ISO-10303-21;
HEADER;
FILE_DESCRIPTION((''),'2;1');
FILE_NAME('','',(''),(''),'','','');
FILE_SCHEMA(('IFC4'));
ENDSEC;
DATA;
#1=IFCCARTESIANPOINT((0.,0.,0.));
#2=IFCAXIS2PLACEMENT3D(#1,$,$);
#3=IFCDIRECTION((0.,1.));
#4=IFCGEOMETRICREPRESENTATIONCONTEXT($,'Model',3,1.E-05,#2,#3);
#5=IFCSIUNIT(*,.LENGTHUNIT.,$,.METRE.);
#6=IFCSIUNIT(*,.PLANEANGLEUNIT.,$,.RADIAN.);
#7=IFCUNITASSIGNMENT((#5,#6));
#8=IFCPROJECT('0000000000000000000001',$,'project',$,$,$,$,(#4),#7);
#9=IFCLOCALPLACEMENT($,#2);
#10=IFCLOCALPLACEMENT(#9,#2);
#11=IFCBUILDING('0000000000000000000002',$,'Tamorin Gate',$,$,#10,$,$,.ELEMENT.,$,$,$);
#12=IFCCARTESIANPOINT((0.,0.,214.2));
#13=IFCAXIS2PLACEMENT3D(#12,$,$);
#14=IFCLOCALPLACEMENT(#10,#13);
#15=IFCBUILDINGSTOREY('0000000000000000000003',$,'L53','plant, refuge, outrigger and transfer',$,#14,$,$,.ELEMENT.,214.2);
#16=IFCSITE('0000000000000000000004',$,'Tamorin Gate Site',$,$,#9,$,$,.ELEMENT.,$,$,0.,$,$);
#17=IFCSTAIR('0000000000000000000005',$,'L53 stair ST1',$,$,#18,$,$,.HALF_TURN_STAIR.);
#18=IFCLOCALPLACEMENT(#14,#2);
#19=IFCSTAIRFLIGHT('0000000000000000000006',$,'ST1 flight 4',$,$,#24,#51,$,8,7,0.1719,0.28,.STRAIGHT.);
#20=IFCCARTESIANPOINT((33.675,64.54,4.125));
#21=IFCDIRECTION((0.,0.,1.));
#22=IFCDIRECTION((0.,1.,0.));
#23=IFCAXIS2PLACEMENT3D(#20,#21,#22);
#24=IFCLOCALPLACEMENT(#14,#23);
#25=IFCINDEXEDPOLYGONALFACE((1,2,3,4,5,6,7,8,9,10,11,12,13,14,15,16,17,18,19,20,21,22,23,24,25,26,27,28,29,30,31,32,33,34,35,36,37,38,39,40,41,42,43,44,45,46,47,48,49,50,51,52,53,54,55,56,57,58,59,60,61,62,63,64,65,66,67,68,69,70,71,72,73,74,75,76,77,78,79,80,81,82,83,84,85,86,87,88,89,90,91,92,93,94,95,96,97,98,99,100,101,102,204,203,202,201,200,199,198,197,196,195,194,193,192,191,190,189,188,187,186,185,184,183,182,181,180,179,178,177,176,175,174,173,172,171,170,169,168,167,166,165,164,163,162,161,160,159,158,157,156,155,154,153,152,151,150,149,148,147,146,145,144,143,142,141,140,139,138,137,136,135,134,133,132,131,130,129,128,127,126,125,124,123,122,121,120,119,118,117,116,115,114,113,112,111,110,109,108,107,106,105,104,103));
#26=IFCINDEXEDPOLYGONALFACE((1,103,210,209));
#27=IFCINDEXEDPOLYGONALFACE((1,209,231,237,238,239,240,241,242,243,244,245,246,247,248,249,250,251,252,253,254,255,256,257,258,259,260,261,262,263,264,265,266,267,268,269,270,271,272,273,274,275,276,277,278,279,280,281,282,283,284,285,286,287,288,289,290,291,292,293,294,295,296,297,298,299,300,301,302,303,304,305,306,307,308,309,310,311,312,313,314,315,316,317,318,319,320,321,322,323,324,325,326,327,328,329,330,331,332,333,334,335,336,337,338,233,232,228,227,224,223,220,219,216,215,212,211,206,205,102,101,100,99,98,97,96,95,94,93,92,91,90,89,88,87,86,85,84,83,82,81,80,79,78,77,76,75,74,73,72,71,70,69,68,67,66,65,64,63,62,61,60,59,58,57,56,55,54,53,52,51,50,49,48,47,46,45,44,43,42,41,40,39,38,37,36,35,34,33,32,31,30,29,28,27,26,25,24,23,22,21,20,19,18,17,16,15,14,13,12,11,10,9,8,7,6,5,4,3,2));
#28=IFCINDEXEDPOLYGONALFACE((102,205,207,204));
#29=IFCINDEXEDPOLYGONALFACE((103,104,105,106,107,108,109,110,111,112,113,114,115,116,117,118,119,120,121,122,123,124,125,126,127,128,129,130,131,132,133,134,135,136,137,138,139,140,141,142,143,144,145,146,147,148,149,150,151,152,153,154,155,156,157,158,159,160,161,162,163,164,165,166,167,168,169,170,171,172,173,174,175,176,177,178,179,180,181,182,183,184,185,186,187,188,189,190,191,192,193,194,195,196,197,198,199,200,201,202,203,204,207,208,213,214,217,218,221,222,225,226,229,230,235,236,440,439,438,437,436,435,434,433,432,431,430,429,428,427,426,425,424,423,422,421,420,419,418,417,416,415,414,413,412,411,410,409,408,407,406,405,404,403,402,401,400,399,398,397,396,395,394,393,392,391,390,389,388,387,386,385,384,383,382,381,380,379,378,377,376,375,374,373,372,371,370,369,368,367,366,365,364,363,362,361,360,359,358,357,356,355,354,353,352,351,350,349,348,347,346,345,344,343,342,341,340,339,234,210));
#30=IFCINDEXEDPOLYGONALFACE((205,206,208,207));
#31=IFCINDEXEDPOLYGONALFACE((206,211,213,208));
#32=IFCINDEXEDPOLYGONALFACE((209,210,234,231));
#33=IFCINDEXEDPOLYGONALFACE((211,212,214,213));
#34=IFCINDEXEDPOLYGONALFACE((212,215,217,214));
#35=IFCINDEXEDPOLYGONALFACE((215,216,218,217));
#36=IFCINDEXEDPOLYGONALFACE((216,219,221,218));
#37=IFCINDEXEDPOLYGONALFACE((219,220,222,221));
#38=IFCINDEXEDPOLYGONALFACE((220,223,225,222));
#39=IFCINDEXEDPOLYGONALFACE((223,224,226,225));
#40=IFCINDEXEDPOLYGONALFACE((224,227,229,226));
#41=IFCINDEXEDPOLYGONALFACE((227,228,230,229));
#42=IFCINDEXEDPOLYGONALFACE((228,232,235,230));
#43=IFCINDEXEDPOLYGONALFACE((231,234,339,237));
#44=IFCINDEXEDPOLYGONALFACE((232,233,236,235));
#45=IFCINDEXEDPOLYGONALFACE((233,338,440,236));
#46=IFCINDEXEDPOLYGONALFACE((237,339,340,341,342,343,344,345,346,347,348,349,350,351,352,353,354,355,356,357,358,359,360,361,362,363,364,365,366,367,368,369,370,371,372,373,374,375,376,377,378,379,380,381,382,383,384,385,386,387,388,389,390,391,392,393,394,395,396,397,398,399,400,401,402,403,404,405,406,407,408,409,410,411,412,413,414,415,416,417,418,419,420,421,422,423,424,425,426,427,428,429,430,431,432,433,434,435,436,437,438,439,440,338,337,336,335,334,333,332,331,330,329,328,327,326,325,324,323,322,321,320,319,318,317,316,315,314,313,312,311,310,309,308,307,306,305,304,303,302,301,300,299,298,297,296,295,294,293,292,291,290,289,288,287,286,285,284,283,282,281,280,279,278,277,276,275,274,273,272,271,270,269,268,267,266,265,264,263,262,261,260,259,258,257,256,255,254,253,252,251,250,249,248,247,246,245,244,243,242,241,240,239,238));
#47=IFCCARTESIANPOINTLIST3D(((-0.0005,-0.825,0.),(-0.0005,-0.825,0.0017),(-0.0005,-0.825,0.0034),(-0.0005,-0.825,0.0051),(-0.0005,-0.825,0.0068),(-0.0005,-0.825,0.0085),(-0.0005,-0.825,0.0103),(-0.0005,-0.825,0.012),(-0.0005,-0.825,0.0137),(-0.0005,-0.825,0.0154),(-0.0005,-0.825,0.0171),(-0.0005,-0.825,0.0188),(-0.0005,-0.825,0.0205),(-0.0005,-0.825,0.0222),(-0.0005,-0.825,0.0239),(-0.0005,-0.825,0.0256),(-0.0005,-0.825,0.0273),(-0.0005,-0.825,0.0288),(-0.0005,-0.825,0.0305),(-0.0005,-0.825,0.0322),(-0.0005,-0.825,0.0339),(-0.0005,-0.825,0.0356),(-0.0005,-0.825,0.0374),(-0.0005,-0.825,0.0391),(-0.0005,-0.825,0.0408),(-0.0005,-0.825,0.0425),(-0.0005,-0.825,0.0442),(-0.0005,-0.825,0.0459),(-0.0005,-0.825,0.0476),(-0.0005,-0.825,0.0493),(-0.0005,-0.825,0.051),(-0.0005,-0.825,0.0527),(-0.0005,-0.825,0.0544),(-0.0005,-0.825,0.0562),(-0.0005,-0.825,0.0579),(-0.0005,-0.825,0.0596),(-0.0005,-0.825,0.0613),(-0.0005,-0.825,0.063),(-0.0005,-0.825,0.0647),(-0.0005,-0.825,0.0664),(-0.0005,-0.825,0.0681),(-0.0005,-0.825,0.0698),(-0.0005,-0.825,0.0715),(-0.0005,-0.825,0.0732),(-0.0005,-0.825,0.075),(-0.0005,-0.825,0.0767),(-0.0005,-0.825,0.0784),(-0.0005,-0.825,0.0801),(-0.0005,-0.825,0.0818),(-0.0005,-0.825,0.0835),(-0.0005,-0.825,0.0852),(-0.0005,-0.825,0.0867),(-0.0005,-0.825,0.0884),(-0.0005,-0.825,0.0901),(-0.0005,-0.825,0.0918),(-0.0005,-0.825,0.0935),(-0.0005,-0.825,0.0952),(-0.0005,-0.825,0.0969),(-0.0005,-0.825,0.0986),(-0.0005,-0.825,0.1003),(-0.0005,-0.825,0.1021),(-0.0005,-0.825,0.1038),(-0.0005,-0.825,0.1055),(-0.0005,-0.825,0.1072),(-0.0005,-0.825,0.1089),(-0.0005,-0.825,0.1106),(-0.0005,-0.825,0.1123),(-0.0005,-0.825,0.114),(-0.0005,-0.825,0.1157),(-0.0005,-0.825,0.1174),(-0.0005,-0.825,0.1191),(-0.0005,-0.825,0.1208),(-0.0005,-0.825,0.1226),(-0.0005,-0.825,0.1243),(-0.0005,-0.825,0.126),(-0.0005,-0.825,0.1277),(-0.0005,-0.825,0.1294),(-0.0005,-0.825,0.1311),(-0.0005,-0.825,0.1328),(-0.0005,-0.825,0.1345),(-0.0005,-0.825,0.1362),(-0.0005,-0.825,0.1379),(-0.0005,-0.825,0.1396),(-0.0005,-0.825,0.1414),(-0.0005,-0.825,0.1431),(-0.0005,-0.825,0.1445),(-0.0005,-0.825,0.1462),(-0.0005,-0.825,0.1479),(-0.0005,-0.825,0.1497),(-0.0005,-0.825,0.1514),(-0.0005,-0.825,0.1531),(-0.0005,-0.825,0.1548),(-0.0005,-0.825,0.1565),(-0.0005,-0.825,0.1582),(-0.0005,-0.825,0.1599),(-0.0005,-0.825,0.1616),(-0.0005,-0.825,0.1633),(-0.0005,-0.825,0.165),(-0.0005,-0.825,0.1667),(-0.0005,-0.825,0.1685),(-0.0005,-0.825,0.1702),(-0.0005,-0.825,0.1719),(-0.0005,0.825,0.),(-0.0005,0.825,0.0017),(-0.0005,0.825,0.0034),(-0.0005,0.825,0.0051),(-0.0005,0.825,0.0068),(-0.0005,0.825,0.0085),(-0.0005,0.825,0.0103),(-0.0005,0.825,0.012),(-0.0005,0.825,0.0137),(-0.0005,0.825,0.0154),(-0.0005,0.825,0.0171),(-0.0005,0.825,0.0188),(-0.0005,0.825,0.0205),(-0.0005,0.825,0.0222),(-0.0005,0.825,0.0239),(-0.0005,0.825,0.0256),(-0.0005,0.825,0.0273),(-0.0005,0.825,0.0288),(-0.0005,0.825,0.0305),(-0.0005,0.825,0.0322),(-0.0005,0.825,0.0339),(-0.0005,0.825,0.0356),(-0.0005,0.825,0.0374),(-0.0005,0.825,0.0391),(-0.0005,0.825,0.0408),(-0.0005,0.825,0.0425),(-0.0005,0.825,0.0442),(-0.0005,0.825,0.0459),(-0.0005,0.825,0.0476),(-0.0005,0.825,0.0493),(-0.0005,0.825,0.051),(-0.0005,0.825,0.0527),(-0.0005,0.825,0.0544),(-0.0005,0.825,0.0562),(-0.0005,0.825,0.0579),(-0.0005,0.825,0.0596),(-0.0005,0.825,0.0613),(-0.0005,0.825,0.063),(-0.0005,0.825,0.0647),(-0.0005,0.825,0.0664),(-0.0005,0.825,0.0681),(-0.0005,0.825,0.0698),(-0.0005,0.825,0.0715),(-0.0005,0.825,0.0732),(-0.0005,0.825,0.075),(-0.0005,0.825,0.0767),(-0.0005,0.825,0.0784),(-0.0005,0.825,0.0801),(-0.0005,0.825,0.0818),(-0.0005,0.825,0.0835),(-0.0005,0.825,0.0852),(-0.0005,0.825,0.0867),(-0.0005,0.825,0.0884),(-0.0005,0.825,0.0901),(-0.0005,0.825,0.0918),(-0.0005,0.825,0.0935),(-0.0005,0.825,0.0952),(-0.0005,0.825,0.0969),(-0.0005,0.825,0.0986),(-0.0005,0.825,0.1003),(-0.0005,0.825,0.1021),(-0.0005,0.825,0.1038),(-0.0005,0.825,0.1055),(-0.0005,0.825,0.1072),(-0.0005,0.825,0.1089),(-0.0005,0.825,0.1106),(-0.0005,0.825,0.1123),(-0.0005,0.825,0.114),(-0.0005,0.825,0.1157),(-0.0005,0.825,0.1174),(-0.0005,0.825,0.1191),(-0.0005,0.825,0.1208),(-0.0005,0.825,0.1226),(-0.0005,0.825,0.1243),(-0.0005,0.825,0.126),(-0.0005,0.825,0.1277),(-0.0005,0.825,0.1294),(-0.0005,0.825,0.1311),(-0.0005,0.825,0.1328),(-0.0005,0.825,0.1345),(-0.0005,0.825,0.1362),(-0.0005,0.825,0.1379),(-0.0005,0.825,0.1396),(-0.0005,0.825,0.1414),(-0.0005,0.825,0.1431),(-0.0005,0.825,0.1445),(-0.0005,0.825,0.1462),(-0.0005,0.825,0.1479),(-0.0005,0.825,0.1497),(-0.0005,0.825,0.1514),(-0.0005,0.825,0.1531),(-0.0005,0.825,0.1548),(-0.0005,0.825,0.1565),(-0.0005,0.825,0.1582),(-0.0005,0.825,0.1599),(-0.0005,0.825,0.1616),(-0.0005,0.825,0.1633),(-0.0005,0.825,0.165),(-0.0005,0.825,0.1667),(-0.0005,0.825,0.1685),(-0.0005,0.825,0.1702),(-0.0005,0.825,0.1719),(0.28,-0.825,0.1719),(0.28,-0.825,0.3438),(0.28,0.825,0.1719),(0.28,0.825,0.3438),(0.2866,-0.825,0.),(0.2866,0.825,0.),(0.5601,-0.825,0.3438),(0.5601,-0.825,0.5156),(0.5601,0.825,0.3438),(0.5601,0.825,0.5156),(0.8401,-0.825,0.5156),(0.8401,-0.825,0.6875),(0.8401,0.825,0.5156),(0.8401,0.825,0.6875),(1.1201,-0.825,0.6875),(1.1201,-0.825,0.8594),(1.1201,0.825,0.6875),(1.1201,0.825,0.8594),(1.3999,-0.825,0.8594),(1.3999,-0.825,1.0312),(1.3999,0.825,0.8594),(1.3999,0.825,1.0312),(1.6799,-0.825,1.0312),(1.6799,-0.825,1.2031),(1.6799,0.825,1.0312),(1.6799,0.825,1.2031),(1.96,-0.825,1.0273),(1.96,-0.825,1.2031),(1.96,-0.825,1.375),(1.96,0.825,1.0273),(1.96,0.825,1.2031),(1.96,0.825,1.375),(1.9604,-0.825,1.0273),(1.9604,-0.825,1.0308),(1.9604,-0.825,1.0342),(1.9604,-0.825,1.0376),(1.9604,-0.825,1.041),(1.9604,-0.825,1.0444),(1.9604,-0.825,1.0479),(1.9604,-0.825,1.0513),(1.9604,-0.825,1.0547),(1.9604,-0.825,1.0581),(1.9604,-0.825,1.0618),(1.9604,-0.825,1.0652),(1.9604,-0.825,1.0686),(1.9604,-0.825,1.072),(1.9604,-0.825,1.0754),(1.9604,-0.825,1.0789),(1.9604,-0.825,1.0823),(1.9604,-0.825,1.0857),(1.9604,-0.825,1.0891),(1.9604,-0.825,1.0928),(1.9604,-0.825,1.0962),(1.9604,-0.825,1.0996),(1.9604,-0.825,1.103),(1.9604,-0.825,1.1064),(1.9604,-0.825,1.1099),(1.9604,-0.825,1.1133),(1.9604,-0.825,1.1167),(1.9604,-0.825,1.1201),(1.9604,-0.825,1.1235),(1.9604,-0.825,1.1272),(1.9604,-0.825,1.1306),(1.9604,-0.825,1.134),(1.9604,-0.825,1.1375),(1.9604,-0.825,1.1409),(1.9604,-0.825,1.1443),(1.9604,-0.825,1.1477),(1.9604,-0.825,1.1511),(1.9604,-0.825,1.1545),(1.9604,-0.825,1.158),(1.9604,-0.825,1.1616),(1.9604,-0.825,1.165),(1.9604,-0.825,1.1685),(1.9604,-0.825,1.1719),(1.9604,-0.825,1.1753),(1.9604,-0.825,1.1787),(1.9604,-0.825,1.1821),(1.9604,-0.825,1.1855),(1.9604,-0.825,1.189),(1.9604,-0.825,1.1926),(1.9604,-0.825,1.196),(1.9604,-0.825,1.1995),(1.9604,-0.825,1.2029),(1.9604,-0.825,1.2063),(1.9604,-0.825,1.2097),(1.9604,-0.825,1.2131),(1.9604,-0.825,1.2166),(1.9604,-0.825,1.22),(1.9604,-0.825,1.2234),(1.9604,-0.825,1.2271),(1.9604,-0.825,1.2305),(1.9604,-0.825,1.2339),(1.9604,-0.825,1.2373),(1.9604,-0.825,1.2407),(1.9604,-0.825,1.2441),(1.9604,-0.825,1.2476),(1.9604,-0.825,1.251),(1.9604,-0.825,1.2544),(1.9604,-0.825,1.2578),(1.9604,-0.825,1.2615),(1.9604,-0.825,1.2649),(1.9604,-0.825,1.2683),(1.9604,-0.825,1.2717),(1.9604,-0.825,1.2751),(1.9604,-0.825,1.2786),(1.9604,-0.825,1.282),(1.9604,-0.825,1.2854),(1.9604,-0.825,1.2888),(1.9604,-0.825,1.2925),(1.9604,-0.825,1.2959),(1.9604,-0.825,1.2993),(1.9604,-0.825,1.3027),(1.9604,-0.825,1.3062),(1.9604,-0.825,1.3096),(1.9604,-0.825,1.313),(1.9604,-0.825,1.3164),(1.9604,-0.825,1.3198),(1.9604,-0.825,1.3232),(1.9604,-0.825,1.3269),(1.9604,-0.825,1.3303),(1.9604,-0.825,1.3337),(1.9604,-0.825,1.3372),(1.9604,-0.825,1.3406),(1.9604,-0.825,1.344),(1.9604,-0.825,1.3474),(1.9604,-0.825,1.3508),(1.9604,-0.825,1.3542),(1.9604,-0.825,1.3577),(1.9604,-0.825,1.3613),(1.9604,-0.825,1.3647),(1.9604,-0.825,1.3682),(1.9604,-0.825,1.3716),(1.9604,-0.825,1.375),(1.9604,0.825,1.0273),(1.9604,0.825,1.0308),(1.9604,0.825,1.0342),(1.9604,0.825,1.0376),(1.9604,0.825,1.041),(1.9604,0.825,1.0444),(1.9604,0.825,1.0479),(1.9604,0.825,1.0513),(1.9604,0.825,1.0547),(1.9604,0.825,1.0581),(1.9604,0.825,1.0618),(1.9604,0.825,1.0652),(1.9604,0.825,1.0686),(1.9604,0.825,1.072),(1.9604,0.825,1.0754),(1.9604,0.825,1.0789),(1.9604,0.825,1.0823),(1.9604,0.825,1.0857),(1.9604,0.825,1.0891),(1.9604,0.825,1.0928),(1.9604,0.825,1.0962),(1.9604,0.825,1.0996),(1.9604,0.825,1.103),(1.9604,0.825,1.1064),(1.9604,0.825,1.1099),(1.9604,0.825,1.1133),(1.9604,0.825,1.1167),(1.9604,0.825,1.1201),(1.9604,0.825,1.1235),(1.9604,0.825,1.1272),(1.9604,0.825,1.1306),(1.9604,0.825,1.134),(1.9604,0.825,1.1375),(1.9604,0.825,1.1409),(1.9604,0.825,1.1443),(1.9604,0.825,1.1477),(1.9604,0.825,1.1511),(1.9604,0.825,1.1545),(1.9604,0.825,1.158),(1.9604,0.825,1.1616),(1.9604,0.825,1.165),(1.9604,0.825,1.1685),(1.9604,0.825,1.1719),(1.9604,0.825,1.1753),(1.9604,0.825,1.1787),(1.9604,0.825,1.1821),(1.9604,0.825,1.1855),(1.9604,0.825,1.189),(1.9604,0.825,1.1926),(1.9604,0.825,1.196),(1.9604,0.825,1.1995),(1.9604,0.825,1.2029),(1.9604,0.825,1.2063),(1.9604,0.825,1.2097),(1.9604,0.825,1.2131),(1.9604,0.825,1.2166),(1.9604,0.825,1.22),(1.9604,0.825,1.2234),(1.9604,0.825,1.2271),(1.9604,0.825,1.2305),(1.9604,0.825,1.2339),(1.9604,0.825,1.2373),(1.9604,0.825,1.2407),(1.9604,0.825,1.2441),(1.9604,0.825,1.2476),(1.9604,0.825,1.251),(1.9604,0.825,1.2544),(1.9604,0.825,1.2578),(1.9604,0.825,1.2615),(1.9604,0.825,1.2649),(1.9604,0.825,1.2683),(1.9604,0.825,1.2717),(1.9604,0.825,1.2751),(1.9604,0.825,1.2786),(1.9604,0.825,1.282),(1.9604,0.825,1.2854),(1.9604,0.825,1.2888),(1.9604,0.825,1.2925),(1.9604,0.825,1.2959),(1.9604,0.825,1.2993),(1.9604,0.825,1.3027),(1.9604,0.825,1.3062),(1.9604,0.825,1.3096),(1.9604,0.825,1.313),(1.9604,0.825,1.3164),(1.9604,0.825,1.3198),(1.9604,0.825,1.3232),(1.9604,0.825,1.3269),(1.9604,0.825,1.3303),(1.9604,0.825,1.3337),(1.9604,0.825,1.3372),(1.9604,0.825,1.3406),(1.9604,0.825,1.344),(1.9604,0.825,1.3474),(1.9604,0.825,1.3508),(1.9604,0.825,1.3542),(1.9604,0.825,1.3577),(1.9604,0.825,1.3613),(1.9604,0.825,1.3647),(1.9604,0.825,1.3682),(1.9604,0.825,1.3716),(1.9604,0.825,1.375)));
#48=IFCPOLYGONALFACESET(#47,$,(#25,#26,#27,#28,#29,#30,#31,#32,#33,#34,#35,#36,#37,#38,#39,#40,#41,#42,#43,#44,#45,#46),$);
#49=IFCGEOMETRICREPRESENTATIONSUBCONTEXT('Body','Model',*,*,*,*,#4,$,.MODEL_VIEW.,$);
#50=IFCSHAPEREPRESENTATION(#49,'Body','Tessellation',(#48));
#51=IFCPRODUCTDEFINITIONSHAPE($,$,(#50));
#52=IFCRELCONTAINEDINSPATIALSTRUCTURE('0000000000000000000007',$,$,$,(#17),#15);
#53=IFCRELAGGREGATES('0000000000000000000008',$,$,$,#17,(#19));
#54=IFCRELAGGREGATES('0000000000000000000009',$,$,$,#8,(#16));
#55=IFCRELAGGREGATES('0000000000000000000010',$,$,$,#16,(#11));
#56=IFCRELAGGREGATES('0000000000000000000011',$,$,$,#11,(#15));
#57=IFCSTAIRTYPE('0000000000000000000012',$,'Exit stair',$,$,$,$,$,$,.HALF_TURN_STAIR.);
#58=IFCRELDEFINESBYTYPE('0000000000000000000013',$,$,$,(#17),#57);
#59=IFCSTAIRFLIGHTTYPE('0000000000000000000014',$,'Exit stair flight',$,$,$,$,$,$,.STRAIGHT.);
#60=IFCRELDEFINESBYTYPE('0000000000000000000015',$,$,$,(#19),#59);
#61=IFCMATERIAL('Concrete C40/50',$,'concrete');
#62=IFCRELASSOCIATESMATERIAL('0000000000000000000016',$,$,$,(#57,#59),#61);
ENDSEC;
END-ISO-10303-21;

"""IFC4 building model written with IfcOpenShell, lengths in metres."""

from ifc_helpers import new_model, si_unit, direction, frame, origin, place, context, subcontext, project, spatial, polyline, outline, extrude, material, type_object, element, aggregate, save


model = new_model("IFC4")

# Units and contexts
model_context = context("Model", 3, precision=1e-05, world=origin(), true_north=direction((0.0, 1.0)))
body_context = subcontext(model_context, "Body", "Model", "MODEL_VIEW")
ifc_project = project(units=[si_unit("LENGTHUNIT", "METRE"), si_unit("PLANEANGLEUNIT", "RADIAN")], contexts=[model_context])

# Site, building, storey
site_placement = place(None, origin())
site = spatial("IfcSite", under=ifc_project, at=site_placement, Name="Tamorin Gate Site", CompositionType="ELEMENT", RefElevation=0.0)
building_placement = place(site_placement, origin())
building = spatial("IfcBuilding", under=site, at=building_placement, Name="Tamorin Gate", CompositionType="ELEMENT")
storey_placement = place(building_placement, frame((0.0, 0.0, 214.2)))
storey = spatial("IfcBuildingStorey", under=building, at=storey_placement, Name="L53", Description="plant, refuge, outrigger and transfer", CompositionType="ELEMENT", Elevation=214.2)

# Stair, stair flight
ifc_material_1 = material(Name="Concrete C40/50", Category="concrete")
stair_type = type_object("IfcStairType", Name="Exit stair", PredefinedType="HALF_TURN_STAIR", material=ifc_material_1)
stair_placement = place(storey_placement, origin())
stair = element("IfcStair", 1, at=stair_placement, inside=storey, type_object=stair_type, Name="L53 stair ST1", PredefinedType="HALF_TURN_STAIR")
stair_flight_type = type_object("IfcStairFlightType", Name="Exit stair flight", PredefinedType="STRAIGHT", material=ifc_material_1)
stair_flight_placement = place(storey_placement, frame((33.675, 64.54, 4.125), z_axis=(0.0, 0.0, 1.0), x_axis=(0.0, 1.0, 0.0)))
stair_flight = element("IfcStairFlight", 2, at=stair_flight_placement, type_object=stair_flight_type, Name="ST1 flight 4", NumberOfRisers=8, NumberOfTreads=7, PredefinedType="STRAIGHT", RiserHeight=0.1719, TreadLength=0.28, context=body_context, shape_type="SweptSolid", body=[
    extrude(outline(polyline([(-0.0005, 0.0), (-0.0005, 0.0017), (-0.0005, 0.0034), (-0.0005, 0.0051), (-0.0005, 0.0068), (-0.0005, 0.0085), (-0.0005, 0.0103), (-0.0005, 0.012), (-0.0005, 0.0137), (-0.0005, 0.0154), (-0.0005, 0.0171), (-0.0005, 0.0188), (-0.0005, 0.0205), (-0.0005, 0.0222), (-0.0005, 0.0239), (-0.0005, 0.0256), (-0.0005, 0.0273), (-0.0005, 0.0288), (-0.0005, 0.0305), (-0.0005, 0.0322), (-0.0005, 0.0339), (-0.0005, 0.0356), (-0.0005, 0.0374), (-0.0005, 0.0391), (-0.0005, 0.0408), (-0.0005, 0.0425), (-0.0005, 0.0442), (-0.0005, 0.0459), (-0.0005, 0.0476), (-0.0005, 0.0493), (-0.0005, 0.051), (-0.0005, 0.0527), (-0.0005, 0.0544), (-0.0005, 0.0562), (-0.0005, 0.0579), (-0.0005, 0.0596), (-0.0005, 0.0613), (-0.0005, 0.063), (-0.0005, 0.0647), (-0.0005, 0.0664), (-0.0005, 0.0681), (-0.0005, 0.0698), (-0.0005, 0.0715), (-0.0005, 0.0732), (-0.0005, 0.075), (-0.0005, 0.0767), (-0.0005, 0.0784), (-0.0005, 0.0801), (-0.0005, 0.0818), (-0.0005, 0.0835), (-0.0005, 0.0852), (-0.0005, 0.0867), (-0.0005, 0.0884), (-0.0005, 0.0901), (-0.0005, 0.0918), (-0.0005, 0.0935), (-0.0005, 0.0952), (-0.0005, 0.0969), (-0.0005, 0.0986), (-0.0005, 0.1003), (-0.0005, 0.1021), (-0.0005, 0.1038), (-0.0005, 0.1055), (-0.0005, 0.1072), (-0.0005, 0.1089), (-0.0005, 0.1106), (-0.0005, 0.1123), (-0.0005, 0.114), (-0.0005, 0.1157), (-0.0005, 0.1174), (-0.0005, 0.1191), (-0.0005, 0.1208), (-0.0005, 0.1226), (-0.0005, 0.1243), (-0.0005, 0.126), (-0.0005, 0.1277), (-0.0005, 0.1294), (-0.0005, 0.1311), (-0.0005, 0.1328), (-0.0005, 0.1345), (-0.0005, 0.1362), (-0.0005, 0.1379), (-0.0005, 0.1396), (-0.0005, 0.1414), (-0.0005, 0.1431), (-0.0005, 0.1445), (-0.0005, 0.1462), (-0.0005, 0.1479), (-0.0005, 0.1497), (-0.0005, 0.1514), (-0.0005, 0.1531), (-0.0005, 0.1548), (-0.0005, 0.1565), (-0.0005, 0.1582), (-0.0005, 0.1599), (-0.0005, 0.1616), (-0.0005, 0.1633), (-0.0005, 0.165), (-0.0005, 0.1667), (-0.0005, 0.1685), (-0.0005, 0.1702), (-0.0005, 0.1719), (0.28, 0.1719), (0.28, 0.3438), (0.5601, 0.3438), (0.5601, 0.5156), (0.8401, 0.5156), (0.8401, 0.6875), (1.1201, 0.6875), (1.1201, 0.8594), (1.3999, 0.8594), (1.3999, 1.0312), (1.6799, 1.0312), (1.6799, 1.2031), (1.96, 1.2031), (1.96, 1.375), (1.9604, 1.375), (1.9604, 1.3716), (1.9604, 1.3682), (1.9604, 1.3647), (1.9604, 1.3613), (1.9604, 1.3577), (1.9604, 1.3542), (1.9604, 1.3508), (1.9604, 1.3474), (1.9604, 1.344), (1.9604, 1.3406), (1.9604, 1.3372), (1.9604, 1.3337), (1.9604, 1.3303), (1.9604, 1.3269), (1.9604, 1.3232), (1.9604, 1.3198), (1.9604, 1.3164), (1.9604, 1.313), (1.9604, 1.3096), (1.9604, 1.3062), (1.9604, 1.3027), (1.9604, 1.2993), (1.9604, 1.2959), (1.9604, 1.2925), (1.9604, 1.2888), (1.9604, 1.2854), (1.9604, 1.282), (1.9604, 1.2786), (1.9604, 1.2751), (1.9604, 1.2717), (1.9604, 1.2683), (1.9604, 1.2649), (1.9604, 1.2615), (1.9604, 1.2578), (1.9604, 1.2544), (1.9604, 1.251), (1.9604, 1.2476), (1.9604, 1.2441), (1.9604, 1.2407), (1.9604, 1.2373), (1.9604, 1.2339), (1.9604, 1.2305), (1.9604, 1.2271), (1.9604, 1.2234), (1.9604, 1.22), (1.9604, 1.2166), (1.9604, 1.2131), (1.9604, 1.2097), (1.9604, 1.2063), (1.9604, 1.2029), (1.9604, 1.1995), (1.9604, 1.196), (1.9604, 1.1926), (1.9604, 1.189), (1.9604, 1.1855), (1.9604, 1.1821), (1.9604, 1.1787), (1.9604, 1.1753), (1.9604, 1.1719), (1.9604, 1.1685), (1.9604, 1.165), (1.9604, 1.1616), (1.9604, 1.158), (1.9604, 1.1545), (1.9604, 1.1511), (1.9604, 1.1477), (1.9604, 1.1443), (1.9604, 1.1409), (1.9604, 1.1375), (1.9604, 1.134), (1.9604, 1.1306), (1.9604, 1.1272), (1.9604, 1.1235), (1.9604, 1.1201), (1.9604, 1.1167), (1.9604, 1.1133), (1.9604, 1.1099), (1.9604, 1.1064), (1.9604, 1.103), (1.9604, 1.0996), (1.9604, 1.0962), (1.9604, 1.0928), (1.9604, 1.0891), (1.9604, 1.0857), (1.9604, 1.0823), (1.9604, 1.0789), (1.9604, 1.0754), (1.9604, 1.072), (1.9604, 1.0686), (1.9604, 1.0652), (1.9604, 1.0618), (1.9604, 1.0581), (1.9604, 1.0547), (1.9604, 1.0513), (1.9604, 1.0479), (1.9604, 1.0444), (1.9604, 1.041), (1.9604, 1.0376), (1.9604, 1.0342), (1.9604, 1.0308), (1.9604, 1.0273), (1.96, 1.0273), (0.2866, 0.0), (-0.0005, 0.0)])), frame((0.0, 0.825, 0.0), z_axis=(0.0, -1.0, 0.0), x_axis=(1.0, 0.0, 0.0)), (0.0, 0.0, 1.0), 1.6499),
])
aggregate(stair, [stair_flight])

save(model, "model.ifc")
